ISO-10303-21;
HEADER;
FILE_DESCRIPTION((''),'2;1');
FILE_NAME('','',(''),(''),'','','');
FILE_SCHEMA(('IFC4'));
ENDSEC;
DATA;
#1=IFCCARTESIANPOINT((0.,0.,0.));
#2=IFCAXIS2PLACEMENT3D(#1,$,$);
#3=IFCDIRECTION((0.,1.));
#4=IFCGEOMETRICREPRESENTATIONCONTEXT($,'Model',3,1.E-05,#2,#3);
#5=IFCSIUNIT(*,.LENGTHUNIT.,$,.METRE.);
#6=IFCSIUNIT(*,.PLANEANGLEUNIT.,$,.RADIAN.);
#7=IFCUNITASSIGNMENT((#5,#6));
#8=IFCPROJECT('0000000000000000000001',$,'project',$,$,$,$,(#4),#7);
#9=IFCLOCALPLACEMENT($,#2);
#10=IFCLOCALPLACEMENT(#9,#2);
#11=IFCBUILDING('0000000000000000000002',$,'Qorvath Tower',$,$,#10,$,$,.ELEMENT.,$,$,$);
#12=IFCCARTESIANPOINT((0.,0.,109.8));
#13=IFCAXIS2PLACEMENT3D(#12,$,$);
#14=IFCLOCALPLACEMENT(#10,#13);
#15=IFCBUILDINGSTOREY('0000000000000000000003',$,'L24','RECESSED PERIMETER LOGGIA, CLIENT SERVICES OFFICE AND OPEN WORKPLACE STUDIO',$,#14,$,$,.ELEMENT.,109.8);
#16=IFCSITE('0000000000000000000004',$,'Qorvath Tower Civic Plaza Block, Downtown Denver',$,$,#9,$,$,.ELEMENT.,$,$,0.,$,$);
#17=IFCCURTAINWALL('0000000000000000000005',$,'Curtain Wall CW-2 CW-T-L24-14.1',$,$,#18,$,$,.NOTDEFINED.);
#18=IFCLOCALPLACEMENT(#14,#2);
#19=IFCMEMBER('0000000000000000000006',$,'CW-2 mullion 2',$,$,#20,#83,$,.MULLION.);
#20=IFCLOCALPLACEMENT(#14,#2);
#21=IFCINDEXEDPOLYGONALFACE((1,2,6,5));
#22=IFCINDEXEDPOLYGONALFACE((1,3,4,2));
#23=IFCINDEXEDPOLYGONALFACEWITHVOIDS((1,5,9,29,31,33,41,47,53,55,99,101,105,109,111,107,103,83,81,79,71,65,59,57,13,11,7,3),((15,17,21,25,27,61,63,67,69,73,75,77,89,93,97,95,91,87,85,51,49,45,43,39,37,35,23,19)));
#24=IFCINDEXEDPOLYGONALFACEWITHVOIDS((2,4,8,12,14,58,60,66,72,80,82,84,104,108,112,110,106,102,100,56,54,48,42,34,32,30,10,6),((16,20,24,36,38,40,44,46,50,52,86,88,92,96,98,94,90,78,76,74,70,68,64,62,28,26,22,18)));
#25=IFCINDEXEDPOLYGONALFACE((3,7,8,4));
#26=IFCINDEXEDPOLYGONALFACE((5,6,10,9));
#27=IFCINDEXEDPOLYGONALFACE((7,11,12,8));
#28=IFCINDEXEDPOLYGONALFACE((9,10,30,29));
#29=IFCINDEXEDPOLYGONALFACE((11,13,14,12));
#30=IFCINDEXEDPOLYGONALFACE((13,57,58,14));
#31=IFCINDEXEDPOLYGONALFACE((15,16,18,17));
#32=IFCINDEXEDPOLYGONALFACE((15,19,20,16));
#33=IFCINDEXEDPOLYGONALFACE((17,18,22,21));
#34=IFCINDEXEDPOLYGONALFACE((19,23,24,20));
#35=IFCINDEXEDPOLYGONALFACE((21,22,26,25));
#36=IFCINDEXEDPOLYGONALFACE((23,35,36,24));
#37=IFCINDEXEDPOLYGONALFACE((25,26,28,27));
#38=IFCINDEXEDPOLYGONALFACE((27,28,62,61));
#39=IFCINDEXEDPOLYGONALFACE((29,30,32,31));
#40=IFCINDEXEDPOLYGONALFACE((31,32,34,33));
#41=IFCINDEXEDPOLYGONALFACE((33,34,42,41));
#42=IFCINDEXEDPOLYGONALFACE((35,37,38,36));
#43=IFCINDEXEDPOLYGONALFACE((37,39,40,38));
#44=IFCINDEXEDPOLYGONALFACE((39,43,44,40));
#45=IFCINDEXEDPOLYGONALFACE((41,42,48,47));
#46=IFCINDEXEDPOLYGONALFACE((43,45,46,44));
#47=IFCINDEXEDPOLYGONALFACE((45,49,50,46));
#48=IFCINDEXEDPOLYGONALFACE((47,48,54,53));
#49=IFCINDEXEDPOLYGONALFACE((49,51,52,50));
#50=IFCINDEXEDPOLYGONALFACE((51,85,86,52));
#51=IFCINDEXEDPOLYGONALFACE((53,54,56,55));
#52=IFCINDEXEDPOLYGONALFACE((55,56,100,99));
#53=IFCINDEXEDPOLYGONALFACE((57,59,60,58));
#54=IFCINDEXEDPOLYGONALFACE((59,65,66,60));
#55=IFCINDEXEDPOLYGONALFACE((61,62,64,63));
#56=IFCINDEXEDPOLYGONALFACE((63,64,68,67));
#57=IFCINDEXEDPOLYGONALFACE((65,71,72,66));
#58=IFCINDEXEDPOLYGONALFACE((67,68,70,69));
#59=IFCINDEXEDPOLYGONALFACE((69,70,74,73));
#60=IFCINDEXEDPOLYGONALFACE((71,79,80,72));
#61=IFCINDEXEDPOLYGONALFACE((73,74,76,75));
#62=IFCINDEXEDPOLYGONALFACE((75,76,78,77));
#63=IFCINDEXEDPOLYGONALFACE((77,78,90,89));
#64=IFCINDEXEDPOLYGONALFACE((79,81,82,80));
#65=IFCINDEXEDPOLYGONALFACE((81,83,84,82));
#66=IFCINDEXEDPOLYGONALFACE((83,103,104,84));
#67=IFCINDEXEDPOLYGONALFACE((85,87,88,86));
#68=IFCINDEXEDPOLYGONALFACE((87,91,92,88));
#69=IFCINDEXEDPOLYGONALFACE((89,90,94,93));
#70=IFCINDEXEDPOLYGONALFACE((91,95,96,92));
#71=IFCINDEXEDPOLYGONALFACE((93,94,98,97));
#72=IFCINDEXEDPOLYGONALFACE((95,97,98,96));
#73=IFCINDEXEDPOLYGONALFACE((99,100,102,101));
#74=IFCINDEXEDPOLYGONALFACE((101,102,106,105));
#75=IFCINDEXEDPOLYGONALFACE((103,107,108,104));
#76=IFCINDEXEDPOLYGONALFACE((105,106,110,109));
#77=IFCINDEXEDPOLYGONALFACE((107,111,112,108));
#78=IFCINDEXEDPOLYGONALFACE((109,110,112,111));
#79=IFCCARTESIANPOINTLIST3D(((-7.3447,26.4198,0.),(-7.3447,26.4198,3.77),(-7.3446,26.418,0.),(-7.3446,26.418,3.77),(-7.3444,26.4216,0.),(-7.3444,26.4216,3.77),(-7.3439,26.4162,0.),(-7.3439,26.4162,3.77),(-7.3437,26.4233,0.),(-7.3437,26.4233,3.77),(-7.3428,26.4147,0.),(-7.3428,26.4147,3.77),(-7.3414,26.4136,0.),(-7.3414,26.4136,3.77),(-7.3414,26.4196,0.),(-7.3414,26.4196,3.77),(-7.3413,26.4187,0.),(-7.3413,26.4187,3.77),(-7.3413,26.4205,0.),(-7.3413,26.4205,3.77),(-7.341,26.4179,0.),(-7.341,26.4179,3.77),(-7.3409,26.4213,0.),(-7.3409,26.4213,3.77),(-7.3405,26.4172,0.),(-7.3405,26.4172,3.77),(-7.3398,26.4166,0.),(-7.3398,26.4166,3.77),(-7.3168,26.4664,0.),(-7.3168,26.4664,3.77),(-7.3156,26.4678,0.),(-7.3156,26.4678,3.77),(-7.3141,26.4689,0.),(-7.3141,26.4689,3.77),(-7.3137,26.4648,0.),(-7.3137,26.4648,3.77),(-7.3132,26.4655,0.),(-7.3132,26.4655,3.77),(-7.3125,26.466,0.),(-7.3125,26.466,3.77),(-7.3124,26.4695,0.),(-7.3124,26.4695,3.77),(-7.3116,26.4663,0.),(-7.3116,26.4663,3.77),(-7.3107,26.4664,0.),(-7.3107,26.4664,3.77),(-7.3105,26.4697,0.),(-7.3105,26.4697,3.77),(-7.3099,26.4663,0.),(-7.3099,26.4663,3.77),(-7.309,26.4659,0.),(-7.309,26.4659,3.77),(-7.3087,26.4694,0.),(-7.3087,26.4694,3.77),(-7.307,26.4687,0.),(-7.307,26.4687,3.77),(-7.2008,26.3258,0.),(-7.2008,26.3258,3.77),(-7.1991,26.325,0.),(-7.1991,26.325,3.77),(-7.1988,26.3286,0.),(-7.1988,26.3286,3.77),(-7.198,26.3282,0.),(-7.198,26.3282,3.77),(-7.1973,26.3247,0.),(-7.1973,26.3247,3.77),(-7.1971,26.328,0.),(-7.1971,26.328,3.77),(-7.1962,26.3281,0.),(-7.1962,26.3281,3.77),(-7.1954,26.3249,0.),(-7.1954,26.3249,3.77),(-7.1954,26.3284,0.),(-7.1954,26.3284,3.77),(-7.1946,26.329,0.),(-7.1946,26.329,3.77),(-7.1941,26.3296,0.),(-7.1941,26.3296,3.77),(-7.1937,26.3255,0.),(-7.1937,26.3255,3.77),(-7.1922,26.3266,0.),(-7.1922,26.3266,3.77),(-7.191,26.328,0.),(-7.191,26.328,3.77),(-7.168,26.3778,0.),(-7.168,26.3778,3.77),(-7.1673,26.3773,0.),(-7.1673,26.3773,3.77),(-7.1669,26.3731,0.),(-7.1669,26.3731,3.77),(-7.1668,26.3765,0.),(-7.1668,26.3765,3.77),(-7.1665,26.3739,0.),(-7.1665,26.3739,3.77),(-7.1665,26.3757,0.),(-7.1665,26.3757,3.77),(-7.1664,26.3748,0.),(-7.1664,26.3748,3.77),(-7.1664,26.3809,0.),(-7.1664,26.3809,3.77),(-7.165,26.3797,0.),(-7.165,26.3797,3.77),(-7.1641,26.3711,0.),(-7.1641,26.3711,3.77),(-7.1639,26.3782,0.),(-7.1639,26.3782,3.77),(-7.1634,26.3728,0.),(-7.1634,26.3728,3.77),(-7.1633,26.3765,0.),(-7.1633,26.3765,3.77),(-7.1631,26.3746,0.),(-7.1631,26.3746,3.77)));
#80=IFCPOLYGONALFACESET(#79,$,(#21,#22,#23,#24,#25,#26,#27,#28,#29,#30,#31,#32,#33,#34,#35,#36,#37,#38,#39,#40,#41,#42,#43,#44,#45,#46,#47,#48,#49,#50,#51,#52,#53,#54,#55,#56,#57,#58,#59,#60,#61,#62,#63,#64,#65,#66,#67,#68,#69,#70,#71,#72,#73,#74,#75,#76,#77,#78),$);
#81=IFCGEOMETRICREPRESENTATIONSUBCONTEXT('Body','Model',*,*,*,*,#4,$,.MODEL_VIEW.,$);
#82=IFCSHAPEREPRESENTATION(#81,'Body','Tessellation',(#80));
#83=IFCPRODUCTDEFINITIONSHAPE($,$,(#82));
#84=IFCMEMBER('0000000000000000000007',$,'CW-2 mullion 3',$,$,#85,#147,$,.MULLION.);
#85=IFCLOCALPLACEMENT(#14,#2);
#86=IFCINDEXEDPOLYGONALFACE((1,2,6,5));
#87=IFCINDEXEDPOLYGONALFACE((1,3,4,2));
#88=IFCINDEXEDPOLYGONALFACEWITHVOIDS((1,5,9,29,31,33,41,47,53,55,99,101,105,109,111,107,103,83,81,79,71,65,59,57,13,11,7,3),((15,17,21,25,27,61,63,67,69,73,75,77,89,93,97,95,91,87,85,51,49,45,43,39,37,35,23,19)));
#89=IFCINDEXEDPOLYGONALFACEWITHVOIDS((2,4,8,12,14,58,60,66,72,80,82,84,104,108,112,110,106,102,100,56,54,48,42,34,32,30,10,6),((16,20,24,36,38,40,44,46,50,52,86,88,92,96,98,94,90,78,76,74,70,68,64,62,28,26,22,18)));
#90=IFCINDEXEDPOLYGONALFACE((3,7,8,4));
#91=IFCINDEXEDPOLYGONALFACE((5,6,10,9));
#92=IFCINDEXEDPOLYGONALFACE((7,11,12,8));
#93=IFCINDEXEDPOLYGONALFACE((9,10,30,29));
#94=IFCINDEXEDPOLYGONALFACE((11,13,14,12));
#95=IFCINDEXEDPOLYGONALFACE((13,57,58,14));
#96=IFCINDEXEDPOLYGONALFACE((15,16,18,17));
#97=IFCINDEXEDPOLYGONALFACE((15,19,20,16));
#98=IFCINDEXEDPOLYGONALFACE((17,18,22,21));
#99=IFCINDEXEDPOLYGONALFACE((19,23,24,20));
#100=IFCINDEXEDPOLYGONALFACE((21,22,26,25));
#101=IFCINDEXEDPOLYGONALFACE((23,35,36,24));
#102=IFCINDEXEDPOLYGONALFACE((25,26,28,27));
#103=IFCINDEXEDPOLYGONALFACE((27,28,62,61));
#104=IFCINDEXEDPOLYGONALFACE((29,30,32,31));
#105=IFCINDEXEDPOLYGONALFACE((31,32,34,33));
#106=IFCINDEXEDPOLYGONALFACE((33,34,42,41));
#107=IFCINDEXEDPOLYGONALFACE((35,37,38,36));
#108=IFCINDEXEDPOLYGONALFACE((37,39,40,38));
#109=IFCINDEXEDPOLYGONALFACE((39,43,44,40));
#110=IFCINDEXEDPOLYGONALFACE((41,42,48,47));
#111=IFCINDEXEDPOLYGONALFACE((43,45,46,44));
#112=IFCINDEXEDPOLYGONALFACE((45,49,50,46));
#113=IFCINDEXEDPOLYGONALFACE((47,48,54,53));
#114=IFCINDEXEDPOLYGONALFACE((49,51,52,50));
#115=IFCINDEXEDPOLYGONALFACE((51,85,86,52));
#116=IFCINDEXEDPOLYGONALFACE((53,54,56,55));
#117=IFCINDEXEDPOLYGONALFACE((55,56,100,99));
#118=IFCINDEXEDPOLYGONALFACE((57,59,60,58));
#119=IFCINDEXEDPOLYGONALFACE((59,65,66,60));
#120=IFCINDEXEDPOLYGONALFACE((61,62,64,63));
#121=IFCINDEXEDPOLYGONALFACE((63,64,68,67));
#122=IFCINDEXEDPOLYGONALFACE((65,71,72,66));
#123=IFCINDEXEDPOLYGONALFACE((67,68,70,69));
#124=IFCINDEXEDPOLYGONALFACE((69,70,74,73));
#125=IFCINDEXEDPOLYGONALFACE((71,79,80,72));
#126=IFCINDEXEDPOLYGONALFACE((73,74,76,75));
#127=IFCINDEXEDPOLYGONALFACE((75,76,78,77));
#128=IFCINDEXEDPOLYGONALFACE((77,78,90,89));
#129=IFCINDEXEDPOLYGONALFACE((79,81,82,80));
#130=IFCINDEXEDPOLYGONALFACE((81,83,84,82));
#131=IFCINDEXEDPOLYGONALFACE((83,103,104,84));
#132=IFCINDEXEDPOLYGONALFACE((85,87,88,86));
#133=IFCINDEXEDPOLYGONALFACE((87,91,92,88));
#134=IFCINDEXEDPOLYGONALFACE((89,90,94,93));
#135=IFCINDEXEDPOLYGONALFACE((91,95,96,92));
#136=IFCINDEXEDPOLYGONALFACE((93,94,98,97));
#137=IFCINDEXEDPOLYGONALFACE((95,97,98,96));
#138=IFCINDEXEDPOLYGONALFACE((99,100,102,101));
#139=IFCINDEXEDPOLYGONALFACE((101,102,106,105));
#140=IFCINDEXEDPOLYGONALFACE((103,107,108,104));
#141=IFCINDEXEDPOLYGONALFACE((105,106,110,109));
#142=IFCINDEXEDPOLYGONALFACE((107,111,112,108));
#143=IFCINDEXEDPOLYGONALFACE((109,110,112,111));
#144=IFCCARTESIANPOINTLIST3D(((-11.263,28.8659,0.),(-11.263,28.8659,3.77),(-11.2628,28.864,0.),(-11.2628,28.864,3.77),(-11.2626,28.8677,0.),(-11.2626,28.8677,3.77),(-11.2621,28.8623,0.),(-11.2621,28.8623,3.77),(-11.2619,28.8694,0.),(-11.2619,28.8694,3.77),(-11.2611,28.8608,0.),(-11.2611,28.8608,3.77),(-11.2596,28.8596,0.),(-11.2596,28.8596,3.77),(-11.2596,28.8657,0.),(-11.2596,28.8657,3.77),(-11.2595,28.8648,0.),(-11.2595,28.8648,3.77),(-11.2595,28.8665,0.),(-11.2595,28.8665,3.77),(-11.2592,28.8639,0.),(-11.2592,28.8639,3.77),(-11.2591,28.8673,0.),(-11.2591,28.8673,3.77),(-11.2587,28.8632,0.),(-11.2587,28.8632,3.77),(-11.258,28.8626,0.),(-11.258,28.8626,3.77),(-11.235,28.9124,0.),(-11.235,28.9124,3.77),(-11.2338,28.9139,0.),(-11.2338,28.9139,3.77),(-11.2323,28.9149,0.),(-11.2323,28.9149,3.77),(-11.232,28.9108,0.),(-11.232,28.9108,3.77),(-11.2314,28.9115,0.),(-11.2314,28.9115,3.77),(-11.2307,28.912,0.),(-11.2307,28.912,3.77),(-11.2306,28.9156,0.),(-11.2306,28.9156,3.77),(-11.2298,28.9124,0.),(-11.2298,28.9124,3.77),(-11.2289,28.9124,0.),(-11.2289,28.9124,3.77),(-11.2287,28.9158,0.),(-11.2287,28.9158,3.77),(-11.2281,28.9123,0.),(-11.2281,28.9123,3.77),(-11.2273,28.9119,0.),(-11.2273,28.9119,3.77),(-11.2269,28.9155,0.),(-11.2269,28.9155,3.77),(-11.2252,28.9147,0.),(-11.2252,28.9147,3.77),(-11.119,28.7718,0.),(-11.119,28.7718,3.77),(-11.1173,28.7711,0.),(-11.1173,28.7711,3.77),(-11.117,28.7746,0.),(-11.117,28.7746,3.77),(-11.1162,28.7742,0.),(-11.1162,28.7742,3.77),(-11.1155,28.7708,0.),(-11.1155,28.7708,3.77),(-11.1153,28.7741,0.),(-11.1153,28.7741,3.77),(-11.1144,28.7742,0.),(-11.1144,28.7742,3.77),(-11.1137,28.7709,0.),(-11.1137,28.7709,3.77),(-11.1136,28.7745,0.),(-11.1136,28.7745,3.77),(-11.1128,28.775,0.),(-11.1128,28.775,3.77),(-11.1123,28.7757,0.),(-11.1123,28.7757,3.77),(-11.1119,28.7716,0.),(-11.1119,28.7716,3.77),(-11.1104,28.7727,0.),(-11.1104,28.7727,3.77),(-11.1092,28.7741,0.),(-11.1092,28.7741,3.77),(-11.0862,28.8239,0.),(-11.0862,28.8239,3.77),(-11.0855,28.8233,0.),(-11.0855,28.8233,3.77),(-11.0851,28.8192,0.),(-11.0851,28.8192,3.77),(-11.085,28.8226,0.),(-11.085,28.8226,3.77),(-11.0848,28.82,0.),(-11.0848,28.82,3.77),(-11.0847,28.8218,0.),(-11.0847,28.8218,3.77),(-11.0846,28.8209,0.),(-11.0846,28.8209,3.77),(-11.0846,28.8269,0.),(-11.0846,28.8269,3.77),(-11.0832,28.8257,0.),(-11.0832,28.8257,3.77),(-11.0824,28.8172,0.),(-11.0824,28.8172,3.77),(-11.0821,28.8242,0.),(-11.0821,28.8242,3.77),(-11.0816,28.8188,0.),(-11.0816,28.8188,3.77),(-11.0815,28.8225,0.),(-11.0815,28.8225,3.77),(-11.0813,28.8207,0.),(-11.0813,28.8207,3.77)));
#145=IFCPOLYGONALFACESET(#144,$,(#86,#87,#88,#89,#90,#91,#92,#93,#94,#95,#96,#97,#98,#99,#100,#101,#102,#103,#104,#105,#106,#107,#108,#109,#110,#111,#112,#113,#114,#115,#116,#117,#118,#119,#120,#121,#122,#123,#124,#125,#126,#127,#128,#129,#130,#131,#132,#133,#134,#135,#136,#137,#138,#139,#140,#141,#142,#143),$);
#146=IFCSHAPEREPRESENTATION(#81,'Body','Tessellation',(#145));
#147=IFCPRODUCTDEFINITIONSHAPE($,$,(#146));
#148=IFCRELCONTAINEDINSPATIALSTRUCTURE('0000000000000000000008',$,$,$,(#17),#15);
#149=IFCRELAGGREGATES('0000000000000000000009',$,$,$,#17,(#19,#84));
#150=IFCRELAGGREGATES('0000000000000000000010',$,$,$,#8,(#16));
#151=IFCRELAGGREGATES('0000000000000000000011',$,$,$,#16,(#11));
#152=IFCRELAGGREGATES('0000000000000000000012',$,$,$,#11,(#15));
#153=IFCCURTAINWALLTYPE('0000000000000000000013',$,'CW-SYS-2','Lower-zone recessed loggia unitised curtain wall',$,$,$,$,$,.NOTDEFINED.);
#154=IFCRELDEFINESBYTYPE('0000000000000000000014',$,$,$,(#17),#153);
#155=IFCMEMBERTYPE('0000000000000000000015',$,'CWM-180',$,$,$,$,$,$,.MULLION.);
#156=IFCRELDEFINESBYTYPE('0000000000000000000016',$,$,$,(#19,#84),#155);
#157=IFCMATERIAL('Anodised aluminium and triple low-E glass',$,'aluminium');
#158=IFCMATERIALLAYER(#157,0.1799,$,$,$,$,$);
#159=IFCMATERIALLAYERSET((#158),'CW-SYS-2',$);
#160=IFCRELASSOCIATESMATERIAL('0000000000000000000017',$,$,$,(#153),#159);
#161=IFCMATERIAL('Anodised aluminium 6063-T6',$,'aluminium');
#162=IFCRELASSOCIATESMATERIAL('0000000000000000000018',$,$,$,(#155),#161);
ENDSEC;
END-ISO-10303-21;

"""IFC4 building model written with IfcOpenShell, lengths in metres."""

from ifc_helpers import new_model, si_unit, direction, frame, origin, origin_2d, place, context, subcontext, project, spatial, hollow_rectangle, extrude, material, layer, layer_set, material_profile, profile_set, type_object, element, aggregate, save


model = new_model("IFC4")

# Units and contexts
model_context = context("Model", 3, precision=1e-05, world=origin(), true_north=direction((0.0, 1.0)))
body_context = subcontext(model_context, "Body", "Model", "MODEL_VIEW")
ifc_project = project(units=[si_unit("LENGTHUNIT", "METRE"), si_unit("PLANEANGLEUNIT", "RADIAN")], contexts=[model_context])

# Site, building, storey
site_placement = place(None, origin())
site = spatial("IfcSite", under=ifc_project, at=site_placement, Name="Qorvath Tower Civic Plaza Block, Downtown Denver", CompositionType="ELEMENT", RefElevation=0.0)
building_placement = place(site_placement, origin())
building = spatial("IfcBuilding", under=site, at=building_placement, Name="Qorvath Tower", CompositionType="ELEMENT")
storey_placement = place(building_placement, frame((0.0, 0.0, 109.8)))
storey = spatial("IfcBuildingStorey", under=building, at=storey_placement, Name="L24", Description="RECESSED PERIMETER LOGGIA, CLIENT SERVICES OFFICE AND OPEN WORKPLACE STUDIO", CompositionType="ELEMENT", Elevation=109.8)

# Shared definitions
ifc_material_1 = material(Name="Anodised aluminium and triple low-E glass", Category="aluminium")
ifc_layer_1 = layer(ifc_material_1, 0.1799)
ifc_layer_set_1 = layer_set([ifc_layer_1], Name="CW-SYS-2")
curtain_wall_type = type_object("IfcCurtainWallType", Name="CW-SYS-2", Description="Lower-zone recessed loggia unitised curtain wall", PredefinedType="NOTDEFINED", material=ifc_layer_set_1)
ifc_material_2 = material(Name="Anodised aluminium 6063-T6", Category="aluminium")
ifc_material_profile_1 = material_profile(ifc_material_2, hollow_rectangle(XDim=0.0649, YDim=0.1799, WallThickness=0.0034, InnerFilletRadius=0.0034, OuterFilletRadius=0.0071, at=origin_2d()), Name="CWM 180x65")
ifc_profile_set_1 = profile_set([ifc_material_profile_1], Name="Anodised aluminium 6063-T6")
member_type_1 = type_object("IfcMemberType", Name="CWM-180", PredefinedType="MULLION", material=ifc_profile_set_1)

# Curtain wall, members
curtain_wall_1_placement = place(storey_placement, origin())
curtain_wall_1 = element("IfcCurtainWall", 1, at=curtain_wall_1_placement, inside=storey, type_object=curtain_wall_type, Name="Curtain Wall CW-2 CW-T-L24-14.1", PredefinedType="NOTDEFINED")
member_1_placement = place(storey_placement, frame((-7.2539, 26.3972, 0.0), z_axis=(0.0, 0.0, 1.0), x_axis=(-0.529549, -0.84828, 0.0)))
member_1 = element("IfcMember", 2, at=member_1_placement, type_object=member_type_1, Name="CW-2 mullion 2", PredefinedType="MULLION", context=body_context, shape_type="SweptSolid", body=[
    extrude(hollow_rectangle(XDim=0.0649, YDim=0.1799, WallThickness=0.0034, InnerFilletRadius=0.0034, OuterFilletRadius=0.0071, at=origin_2d()), origin(), (0.0, 0.0, 1.0), 3.77),
])
member_2_placement = place(storey_placement, frame((-11.1721, 28.8433, 0.0), z_axis=(0.0, 0.0, 1.0), x_axis=(-0.529549, -0.84828, 0.0)))
member_2 = element("IfcMember", 3, at=member_2_placement, type_object=member_type_1, Name="CW-2 mullion 3", PredefinedType="MULLION", context=body_context, shape_type="SweptSolid", body=[
    extrude(hollow_rectangle(XDim=0.0649, YDim=0.1799, WallThickness=0.0034, InnerFilletRadius=0.0034, OuterFilletRadius=0.0071, at=origin_2d()), origin(), (0.0, 0.0, 1.0), 3.77),
])

aggregate(curtain_wall_1, [member_1, member_2])

save(model, "model.ifc")
